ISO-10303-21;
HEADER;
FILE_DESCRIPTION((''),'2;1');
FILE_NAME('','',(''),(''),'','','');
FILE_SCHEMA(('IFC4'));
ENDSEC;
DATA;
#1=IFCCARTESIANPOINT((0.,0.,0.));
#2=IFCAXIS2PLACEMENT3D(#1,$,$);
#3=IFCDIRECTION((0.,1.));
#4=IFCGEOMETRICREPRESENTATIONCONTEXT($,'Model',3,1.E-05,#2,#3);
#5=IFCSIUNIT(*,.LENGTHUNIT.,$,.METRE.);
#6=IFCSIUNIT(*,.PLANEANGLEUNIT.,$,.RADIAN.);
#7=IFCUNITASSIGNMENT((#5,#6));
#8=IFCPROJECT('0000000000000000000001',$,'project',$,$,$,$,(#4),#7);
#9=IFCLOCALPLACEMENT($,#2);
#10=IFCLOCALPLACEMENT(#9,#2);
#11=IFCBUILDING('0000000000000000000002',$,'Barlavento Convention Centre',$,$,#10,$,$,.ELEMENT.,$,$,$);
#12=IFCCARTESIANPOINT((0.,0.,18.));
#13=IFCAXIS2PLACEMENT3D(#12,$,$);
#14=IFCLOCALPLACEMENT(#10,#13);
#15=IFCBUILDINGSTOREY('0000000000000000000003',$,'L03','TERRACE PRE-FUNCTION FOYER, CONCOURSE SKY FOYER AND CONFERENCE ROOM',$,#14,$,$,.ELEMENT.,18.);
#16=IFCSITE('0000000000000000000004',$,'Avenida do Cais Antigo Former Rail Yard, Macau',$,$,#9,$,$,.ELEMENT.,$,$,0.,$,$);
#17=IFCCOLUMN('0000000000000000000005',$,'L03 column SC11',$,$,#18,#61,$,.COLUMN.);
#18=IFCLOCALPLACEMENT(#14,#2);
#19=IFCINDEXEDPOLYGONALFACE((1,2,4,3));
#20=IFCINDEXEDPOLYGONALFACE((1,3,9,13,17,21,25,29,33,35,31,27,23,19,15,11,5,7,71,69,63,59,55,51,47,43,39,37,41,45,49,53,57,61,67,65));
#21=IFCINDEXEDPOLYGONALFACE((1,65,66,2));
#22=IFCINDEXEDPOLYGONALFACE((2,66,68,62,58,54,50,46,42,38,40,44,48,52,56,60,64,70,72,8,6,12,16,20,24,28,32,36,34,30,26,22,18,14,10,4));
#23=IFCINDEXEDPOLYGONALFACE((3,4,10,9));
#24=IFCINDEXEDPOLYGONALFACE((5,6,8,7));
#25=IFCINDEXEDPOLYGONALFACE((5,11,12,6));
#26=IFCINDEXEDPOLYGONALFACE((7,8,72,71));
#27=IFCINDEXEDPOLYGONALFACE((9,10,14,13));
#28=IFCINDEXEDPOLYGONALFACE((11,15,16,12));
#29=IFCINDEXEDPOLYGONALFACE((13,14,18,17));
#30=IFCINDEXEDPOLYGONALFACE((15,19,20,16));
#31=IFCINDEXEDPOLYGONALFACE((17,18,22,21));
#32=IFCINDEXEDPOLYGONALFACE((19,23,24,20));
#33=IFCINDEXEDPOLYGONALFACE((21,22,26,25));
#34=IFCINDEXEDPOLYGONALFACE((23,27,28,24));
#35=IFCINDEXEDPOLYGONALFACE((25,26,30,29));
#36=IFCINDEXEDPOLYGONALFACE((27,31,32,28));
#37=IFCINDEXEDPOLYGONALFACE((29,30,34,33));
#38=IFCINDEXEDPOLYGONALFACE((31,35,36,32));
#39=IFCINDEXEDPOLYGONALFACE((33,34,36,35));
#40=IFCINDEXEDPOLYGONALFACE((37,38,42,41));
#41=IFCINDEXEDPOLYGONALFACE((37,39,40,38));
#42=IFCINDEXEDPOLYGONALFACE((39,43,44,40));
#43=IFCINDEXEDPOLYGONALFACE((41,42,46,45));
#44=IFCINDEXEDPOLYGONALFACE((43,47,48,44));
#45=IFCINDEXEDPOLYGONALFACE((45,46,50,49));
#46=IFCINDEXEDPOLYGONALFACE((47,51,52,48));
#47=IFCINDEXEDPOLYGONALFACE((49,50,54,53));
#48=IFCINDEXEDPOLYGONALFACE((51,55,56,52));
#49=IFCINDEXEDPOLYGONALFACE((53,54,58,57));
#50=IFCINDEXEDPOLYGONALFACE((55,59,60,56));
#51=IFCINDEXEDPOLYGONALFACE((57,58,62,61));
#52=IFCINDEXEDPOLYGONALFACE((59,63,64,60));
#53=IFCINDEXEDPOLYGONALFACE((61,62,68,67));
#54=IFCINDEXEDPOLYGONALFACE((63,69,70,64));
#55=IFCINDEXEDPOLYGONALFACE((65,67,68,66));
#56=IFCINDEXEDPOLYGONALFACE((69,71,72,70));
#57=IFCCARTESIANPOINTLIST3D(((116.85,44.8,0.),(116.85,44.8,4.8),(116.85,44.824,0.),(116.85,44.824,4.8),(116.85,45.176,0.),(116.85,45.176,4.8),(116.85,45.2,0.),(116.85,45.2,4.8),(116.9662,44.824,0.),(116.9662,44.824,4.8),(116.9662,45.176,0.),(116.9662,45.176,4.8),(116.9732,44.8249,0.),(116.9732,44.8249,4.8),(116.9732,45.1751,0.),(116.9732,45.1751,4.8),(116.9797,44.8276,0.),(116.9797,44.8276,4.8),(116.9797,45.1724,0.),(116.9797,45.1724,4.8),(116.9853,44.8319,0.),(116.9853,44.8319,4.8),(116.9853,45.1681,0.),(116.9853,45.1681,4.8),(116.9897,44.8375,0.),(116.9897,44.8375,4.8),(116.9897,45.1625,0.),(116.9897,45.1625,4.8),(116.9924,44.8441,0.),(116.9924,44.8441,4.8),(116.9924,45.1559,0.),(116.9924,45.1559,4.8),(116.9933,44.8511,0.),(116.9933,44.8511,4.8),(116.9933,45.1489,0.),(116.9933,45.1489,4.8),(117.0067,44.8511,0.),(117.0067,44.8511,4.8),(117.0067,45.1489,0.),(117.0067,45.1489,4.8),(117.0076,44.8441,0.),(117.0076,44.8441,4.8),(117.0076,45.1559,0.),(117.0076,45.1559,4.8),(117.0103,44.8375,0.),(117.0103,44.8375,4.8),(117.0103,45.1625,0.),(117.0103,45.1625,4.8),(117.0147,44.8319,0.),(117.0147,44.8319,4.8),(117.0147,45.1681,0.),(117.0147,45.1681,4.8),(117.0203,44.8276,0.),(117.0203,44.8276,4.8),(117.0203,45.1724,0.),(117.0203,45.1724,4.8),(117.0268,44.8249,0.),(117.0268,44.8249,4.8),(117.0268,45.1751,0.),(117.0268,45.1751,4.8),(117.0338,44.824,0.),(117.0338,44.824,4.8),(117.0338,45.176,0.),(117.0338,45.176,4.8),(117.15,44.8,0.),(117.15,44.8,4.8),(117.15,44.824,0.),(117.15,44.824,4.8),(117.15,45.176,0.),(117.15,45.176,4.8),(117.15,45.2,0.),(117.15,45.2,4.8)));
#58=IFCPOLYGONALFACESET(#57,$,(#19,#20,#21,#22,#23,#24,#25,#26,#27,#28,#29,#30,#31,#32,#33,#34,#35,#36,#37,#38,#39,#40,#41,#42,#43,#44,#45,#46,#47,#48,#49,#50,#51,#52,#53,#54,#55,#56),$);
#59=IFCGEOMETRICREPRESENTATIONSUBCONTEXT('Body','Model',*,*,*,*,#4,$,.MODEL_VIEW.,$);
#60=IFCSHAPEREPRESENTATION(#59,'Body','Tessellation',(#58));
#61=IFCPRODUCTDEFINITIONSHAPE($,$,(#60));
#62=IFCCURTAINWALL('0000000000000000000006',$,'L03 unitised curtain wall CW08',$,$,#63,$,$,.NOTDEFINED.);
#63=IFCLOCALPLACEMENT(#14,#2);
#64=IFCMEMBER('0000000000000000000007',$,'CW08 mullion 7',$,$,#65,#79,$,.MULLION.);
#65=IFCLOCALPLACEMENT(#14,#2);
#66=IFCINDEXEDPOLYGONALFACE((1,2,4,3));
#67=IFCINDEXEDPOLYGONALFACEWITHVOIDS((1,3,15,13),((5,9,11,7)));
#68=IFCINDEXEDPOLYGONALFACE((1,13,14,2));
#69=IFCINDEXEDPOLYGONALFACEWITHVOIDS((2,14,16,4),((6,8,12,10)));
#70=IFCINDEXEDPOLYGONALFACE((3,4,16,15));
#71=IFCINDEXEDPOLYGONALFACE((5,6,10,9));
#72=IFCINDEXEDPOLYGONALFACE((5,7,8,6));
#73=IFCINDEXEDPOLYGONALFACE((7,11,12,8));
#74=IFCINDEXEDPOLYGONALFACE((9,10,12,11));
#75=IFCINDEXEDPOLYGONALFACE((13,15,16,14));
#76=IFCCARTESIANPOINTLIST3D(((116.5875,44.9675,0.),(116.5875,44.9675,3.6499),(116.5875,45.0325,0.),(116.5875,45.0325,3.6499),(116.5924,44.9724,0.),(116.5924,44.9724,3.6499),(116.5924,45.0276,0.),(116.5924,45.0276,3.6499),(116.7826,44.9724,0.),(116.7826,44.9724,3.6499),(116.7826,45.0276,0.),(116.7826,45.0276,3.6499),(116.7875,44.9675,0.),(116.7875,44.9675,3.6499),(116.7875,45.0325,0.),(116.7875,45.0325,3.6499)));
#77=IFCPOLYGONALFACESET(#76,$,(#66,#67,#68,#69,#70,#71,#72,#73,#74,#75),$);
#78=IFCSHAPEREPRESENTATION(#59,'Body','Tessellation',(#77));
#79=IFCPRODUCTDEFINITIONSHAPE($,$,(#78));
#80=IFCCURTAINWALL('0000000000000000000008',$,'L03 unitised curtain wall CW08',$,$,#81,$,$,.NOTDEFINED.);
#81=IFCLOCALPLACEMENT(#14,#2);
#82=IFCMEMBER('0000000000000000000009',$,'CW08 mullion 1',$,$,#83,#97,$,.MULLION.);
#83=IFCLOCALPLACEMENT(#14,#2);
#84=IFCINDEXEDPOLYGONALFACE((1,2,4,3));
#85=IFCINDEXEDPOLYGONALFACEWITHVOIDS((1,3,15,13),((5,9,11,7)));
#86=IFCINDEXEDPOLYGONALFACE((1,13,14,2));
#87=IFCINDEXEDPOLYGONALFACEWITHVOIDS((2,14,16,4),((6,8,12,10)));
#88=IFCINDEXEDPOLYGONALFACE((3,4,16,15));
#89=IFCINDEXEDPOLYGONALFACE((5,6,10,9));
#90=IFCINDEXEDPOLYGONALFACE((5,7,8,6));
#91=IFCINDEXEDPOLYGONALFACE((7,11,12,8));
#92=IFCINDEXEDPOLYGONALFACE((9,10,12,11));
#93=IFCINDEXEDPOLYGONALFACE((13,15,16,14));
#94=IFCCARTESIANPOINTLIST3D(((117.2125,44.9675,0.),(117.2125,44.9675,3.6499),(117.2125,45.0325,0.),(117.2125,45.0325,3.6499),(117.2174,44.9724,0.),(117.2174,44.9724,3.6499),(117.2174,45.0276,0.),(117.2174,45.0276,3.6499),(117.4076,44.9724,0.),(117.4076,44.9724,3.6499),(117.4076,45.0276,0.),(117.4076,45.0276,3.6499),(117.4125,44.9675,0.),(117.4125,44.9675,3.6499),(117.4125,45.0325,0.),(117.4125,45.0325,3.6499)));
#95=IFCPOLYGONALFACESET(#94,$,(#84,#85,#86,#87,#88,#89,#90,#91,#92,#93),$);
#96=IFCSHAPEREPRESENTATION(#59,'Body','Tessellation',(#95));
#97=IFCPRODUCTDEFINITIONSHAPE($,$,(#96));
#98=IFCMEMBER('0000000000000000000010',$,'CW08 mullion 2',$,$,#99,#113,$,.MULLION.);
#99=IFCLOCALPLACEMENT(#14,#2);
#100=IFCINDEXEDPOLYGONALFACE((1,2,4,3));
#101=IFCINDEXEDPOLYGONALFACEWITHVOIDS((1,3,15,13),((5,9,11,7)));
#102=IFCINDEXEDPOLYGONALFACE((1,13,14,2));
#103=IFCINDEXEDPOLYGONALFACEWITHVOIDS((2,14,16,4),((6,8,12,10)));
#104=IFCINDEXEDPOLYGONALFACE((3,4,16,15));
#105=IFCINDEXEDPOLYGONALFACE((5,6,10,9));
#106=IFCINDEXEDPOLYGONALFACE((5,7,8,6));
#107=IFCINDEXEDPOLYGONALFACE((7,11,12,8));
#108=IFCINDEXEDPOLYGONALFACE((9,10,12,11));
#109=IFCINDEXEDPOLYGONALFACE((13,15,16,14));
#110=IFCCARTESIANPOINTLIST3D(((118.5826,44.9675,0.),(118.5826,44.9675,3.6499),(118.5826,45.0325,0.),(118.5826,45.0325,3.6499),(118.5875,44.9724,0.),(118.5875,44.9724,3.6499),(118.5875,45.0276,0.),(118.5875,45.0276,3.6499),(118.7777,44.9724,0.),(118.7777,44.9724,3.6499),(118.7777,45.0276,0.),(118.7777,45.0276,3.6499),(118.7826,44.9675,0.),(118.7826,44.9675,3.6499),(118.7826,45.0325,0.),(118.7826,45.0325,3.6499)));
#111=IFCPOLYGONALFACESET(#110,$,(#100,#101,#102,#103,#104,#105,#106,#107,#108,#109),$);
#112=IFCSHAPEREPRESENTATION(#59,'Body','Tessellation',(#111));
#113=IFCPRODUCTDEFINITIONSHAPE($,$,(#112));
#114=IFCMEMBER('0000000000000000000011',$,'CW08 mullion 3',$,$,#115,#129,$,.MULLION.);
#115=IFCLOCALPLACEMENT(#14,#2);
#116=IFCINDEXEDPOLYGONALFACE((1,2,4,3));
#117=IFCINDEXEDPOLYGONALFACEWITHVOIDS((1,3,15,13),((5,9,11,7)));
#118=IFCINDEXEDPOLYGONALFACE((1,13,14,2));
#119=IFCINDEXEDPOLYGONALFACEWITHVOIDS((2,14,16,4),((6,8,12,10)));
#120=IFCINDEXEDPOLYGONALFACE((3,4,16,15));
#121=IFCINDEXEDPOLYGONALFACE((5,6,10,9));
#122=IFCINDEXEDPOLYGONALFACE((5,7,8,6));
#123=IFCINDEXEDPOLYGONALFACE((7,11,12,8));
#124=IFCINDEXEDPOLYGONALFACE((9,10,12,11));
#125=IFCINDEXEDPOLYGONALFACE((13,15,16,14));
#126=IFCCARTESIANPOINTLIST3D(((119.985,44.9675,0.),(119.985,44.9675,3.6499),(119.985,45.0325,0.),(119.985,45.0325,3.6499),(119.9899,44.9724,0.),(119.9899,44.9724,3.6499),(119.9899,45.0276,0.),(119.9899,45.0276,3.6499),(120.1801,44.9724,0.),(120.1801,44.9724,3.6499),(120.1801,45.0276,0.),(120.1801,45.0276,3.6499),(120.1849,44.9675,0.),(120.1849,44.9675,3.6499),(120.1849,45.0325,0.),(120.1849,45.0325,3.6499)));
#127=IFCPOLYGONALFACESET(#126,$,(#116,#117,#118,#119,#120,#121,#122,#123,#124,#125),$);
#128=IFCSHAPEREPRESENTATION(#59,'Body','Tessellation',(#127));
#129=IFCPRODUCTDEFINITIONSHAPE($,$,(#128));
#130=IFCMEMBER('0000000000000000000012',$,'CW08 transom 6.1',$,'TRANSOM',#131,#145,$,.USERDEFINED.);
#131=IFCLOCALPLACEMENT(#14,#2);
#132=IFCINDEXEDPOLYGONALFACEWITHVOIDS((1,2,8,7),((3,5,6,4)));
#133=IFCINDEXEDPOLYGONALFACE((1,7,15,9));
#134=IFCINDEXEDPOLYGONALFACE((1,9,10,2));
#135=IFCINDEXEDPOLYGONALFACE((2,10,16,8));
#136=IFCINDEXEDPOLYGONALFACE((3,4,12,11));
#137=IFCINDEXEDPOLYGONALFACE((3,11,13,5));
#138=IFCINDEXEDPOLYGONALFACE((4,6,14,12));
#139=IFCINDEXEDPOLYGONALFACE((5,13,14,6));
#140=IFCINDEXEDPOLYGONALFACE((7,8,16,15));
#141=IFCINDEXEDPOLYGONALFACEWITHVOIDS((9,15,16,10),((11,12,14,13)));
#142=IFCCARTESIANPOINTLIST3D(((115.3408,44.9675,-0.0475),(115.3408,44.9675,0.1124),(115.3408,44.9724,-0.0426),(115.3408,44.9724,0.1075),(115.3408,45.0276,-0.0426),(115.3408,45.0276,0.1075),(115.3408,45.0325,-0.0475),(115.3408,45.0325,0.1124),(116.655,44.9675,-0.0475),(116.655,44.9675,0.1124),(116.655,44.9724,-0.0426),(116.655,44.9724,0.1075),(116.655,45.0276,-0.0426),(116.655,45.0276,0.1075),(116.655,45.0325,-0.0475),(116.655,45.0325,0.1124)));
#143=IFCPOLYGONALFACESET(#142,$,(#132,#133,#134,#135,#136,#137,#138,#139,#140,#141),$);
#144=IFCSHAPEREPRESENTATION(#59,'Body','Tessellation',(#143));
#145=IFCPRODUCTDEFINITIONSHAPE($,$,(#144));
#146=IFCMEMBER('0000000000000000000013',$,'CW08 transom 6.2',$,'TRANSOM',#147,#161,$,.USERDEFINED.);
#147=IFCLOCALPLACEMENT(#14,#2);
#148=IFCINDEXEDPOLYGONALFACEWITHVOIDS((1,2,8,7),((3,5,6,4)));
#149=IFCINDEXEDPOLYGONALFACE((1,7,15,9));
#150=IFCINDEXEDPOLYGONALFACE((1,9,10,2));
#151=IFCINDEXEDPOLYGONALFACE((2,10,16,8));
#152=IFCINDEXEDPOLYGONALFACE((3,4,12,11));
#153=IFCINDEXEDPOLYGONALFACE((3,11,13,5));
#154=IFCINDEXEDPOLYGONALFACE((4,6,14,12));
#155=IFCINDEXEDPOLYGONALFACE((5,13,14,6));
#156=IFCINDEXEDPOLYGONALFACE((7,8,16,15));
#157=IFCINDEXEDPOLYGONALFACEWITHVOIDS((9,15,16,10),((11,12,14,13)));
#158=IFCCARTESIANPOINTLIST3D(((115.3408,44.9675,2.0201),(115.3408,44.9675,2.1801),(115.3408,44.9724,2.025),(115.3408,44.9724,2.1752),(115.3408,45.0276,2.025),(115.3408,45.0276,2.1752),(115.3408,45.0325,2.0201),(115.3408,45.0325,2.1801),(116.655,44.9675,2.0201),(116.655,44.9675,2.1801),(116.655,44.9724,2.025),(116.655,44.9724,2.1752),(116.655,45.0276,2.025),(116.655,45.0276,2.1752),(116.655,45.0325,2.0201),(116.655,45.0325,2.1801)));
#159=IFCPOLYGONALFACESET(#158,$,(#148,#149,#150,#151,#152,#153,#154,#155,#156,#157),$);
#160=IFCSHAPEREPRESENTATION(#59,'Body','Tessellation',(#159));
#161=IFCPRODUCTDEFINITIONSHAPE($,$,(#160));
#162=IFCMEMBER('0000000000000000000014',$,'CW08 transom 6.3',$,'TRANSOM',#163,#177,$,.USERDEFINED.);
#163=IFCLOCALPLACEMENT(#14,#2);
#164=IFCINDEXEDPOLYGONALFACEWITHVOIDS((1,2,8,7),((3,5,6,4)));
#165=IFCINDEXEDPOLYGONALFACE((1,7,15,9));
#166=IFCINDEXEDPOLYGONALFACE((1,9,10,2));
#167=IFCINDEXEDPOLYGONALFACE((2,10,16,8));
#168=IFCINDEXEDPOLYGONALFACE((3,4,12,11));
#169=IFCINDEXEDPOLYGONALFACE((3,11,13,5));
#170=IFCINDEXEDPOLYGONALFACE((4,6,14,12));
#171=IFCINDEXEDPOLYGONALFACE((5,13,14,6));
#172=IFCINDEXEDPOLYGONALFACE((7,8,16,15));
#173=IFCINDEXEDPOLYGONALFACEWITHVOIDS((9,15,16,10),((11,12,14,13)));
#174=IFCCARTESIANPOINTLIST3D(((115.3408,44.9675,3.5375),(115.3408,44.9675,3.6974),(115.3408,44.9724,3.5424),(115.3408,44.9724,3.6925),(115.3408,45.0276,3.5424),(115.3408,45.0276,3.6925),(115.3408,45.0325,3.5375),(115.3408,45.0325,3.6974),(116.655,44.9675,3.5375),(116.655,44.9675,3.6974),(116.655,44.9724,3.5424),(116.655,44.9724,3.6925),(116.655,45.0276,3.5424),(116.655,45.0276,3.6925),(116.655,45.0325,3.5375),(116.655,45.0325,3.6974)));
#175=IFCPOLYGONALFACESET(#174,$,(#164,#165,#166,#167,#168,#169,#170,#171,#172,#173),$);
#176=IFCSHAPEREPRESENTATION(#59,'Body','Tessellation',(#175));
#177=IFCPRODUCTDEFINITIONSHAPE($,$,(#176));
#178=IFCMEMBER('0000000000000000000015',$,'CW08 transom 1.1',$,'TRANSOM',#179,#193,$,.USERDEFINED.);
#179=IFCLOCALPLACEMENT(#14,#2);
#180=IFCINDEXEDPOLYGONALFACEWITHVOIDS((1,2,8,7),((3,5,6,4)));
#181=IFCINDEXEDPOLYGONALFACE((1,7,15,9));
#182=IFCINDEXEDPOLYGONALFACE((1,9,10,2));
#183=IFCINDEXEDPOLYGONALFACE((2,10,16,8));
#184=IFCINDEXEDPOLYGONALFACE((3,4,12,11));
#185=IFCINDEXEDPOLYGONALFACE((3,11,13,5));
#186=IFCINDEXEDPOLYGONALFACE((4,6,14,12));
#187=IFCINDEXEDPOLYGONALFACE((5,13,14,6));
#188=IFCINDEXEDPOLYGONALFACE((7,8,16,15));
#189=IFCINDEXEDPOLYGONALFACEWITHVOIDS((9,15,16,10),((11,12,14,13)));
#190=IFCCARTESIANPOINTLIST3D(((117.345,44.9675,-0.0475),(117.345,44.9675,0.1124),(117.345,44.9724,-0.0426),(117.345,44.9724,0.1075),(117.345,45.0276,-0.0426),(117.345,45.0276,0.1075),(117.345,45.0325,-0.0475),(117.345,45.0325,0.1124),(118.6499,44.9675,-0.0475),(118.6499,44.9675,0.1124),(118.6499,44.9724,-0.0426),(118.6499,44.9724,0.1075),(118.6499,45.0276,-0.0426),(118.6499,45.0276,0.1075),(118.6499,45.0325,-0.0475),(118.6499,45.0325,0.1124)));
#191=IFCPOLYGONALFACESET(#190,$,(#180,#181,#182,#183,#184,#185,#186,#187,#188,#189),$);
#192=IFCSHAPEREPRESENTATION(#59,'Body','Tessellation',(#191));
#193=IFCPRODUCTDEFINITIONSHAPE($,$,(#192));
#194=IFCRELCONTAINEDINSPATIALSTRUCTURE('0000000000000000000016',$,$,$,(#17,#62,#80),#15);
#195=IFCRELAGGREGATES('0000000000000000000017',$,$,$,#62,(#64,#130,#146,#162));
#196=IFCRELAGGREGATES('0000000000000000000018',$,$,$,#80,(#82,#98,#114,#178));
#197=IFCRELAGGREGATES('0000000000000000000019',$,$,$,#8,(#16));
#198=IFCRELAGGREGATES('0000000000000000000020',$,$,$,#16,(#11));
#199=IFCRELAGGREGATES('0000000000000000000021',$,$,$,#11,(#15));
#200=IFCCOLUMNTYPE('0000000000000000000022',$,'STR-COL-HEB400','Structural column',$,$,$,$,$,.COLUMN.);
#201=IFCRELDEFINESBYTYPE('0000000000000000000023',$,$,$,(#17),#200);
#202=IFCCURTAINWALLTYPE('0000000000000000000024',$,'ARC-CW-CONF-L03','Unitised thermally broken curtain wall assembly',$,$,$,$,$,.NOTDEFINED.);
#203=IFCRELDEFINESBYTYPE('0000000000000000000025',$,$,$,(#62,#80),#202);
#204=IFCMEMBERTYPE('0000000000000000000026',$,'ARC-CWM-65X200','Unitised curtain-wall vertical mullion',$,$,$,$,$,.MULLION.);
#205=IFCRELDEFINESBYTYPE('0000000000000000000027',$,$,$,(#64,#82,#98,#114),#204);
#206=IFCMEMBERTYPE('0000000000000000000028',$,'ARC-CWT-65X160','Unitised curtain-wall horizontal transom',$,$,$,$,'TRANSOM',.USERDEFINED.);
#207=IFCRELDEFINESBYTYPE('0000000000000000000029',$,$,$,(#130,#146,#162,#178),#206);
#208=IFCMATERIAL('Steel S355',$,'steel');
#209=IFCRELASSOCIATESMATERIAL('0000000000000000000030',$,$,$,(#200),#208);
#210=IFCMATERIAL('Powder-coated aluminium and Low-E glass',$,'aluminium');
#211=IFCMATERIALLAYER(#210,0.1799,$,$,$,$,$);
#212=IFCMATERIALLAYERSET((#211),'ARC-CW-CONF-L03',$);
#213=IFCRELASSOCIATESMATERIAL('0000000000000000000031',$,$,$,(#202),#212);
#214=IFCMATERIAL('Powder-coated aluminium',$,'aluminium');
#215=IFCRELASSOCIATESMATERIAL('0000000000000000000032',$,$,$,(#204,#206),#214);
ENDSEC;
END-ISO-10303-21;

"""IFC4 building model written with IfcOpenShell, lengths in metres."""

from ifc_helpers import new_model, si_unit, direction, frame, origin, origin_2d, place, context, subcontext, project, spatial, hollow_rectangle, i_section, extrude, material, layer, layer_set, material_profile, profile_set, type_object, element, aggregate, save


model = new_model("IFC4")

# Units and contexts
model_context = context("Model", 3, precision=1e-05, world=origin(), true_north=direction((0.0, 1.0)))
body_context = subcontext(model_context, "Body", "Model", "MODEL_VIEW")
ifc_project = project(units=[si_unit("LENGTHUNIT", "METRE"), si_unit("PLANEANGLEUNIT", "RADIAN")], contexts=[model_context])

# Site, building, storey
site_placement = place(None, origin())
site = spatial("IfcSite", under=ifc_project, at=site_placement, Name="Avenida do Cais Antigo Former Rail Yard, Macau", CompositionType="ELEMENT", RefElevation=0.0)
building_placement = place(site_placement, origin())
building = spatial("IfcBuilding", under=site, at=building_placement, Name="Barlavento Convention Centre", CompositionType="ELEMENT")
storey_placement = place(building_placement, frame((0.0, 0.0, 18.0)))
storey = spatial("IfcBuildingStorey", under=building, at=storey_placement, Name="L03", Description="TERRACE PRE-FUNCTION FOYER, CONCOURSE SKY FOYER AND CONFERENCE ROOM", CompositionType="ELEMENT", Elevation=18.0)

# Column
ifc_material_1 = material(Name="Steel S355", Category="steel")
ifc_material_profile_1 = material_profile(ifc_material_1, i_section(OverallWidth=0.3, OverallDepth=0.3999, WebThickness=0.0134, FlangeThickness=0.0239, FilletRadius=0.0271, at=origin_2d()), Name="HEB 400")
ifc_profile_set_1 = profile_set([ifc_material_profile_1], Name="Steel S355")
column_type = type_object("IfcColumnType", Name="STR-COL-HEB400", Description="Structural column", PredefinedType="COLUMN", material=ifc_profile_set_1)
column_placement = place(storey_placement, frame((117.0, 45.0, 0.0), z_axis=(0.0, 0.0, 1.0), x_axis=(1.0, 0.0, 0.0)))
element("IfcColumn", 1, at=column_placement, inside=storey, type_object=column_type, Name="L03 column SC11", PredefinedType="COLUMN", context=body_context, shape_type="SweptSolid", body=[
    extrude(i_section(OverallWidth=0.3, OverallDepth=0.3999, WebThickness=0.0134, FlangeThickness=0.0239, FilletRadius=0.0271, at=origin_2d()), origin(), (0.0, 0.0, 1.0), 4.8),
])

# Curtain wall, member
ifc_material_2 = material(Name="Powder-coated aluminium and Low-E glass", Category="aluminium")
ifc_layer_1 = layer(ifc_material_2, 0.1799)
ifc_layer_set_1 = layer_set([ifc_layer_1], Name="ARC-CW-CONF-L03")
curtain_wall_type = type_object("IfcCurtainWallType", Name="ARC-CW-CONF-L03", Description="Unitised thermally broken curtain wall assembly", PredefinedType="NOTDEFINED", material=ifc_layer_set_1)
curtain_wall_1_placement = place(storey_placement, origin())
curtain_wall_1 = element("IfcCurtainWall", 2, at=curtain_wall_1_placement, inside=storey, type_object=curtain_wall_type, Name="L03 unitised curtain wall CW08", PredefinedType="NOTDEFINED")
ifc_material_3 = material(Name="Powder-coated aluminium", Category="aluminium")
ifc_material_profile_2 = material_profile(ifc_material_3, hollow_rectangle(XDim=0.0649, YDim=0.2, WallThickness=0.0049, at=origin_2d()), Name="AL-MULL 65x200x5")
ifc_profile_set_2 = profile_set([ifc_material_profile_2], Name="Powder-coated aluminium")
member_type_1 = type_object("IfcMemberType", Name="ARC-CWM-65X200", Description="Unitised curtain-wall vertical mullion", PredefinedType="MULLION", material=ifc_profile_set_2)
member_1_placement = place(storey_placement, frame((116.6875, 45.0, 0.0), z_axis=(0.0, 0.0, 1.0), x_axis=(0.0, 1.0, 0.0)))
member_1 = element("IfcMember", 3, at=member_1_placement, type_object=member_type_1, Name="CW08 mullion 7", PredefinedType="MULLION", context=body_context, shape_type="SweptSolid", body=[
    extrude(hollow_rectangle(XDim=0.0649, YDim=0.2, WallThickness=0.0049, at=origin_2d()), origin(), (0.0, 0.0, 1.0), 3.6499),
])

# Curtain wall, members
curtain_wall_2_placement = place(storey_placement, origin())
curtain_wall_2 = element("IfcCurtainWall", 4, at=curtain_wall_2_placement, inside=storey, type_object=curtain_wall_type, Name="L03 unitised curtain wall CW08", PredefinedType="NOTDEFINED")
member_2_placement = place(storey_placement, frame((117.3125, 45.0, 0.0), z_axis=(0.0, 0.0, 1.0), x_axis=(0.0, 1.0, 0.0)))
member_2 = element("IfcMember", 5, at=member_2_placement, type_object=member_type_1, Name="CW08 mullion 1", PredefinedType="MULLION", context=body_context, shape_type="SweptSolid", body=[
    extrude(hollow_rectangle(XDim=0.0649, YDim=0.2, WallThickness=0.0049, at=origin_2d()), origin(), (0.0, 0.0, 1.0), 3.6499),
])
member_3_placement = place(storey_placement, frame((118.6826, 45.0, 0.0), z_axis=(0.0, 0.0, 1.0), x_axis=(0.0, 1.0, 0.0)))
member_3 = element("IfcMember", 6, at=member_3_placement, type_object=member_type_1, Name="CW08 mullion 2", PredefinedType="MULLION", context=body_context, shape_type="SweptSolid", body=[
    extrude(hollow_rectangle(XDim=0.0649, YDim=0.2, WallThickness=0.0049, at=origin_2d()), origin(), (0.0, 0.0, 1.0), 3.6499),
])
member_4_placement = place(storey_placement, frame((120.085, 45.0, 0.0), z_axis=(0.0, 0.0, 1.0), x_axis=(0.0, 1.0, 0.0)))
member_4 = element("IfcMember", 7, at=member_4_placement, type_object=member_type_1, Name="CW08 mullion 3", PredefinedType="MULLION", context=body_context, shape_type="SweptSolid", body=[
    extrude(hollow_rectangle(XDim=0.0649, YDim=0.2, WallThickness=0.0049, at=origin_2d()), origin(), (0.0, 0.0, 1.0), 3.6499),
])

# Members
ifc_material_profile_3 = material_profile(ifc_material_3, hollow_rectangle(XDim=0.0649, YDim=0.1599, WallThickness=0.0049, at=origin_2d()), Name="AL-TRAN 65x160x5")
ifc_profile_set_3 = profile_set([ifc_material_profile_3], Name="Powder-coated aluminium")
member_type_2 = type_object("IfcMemberType", Name="ARC-CWT-65X160", Description="Unitised curtain-wall horizontal transom", ElementType="TRANSOM", PredefinedType="USERDEFINED", material=ifc_profile_set_3)
member_5_placement = place(storey_placement, frame((115.3408, 45.0, 0.0325), z_axis=(1.0, 0.0, 0.0), x_axis=(0.0, 1.0, 0.0)))
member_5 = element("IfcMember", 8, at=member_5_placement, type_object=member_type_2, Name="CW08 transom 6.1", ObjectType="TRANSOM", PredefinedType="USERDEFINED", context=body_context, shape_type="SweptSolid", body=[
    extrude(hollow_rectangle(XDim=0.0649, YDim=0.1599, WallThickness=0.0049, at=origin_2d()), origin(), (0.0, 0.0, 1.0), 1.3142),
])
member_6_placement = place(storey_placement, frame((115.3408, 45.0, 2.1001), z_axis=(1.0, 0.0, 0.0), x_axis=(0.0, 1.0, 0.0)))
member_6 = element("IfcMember", 9, at=member_6_placement, type_object=member_type_2, Name="CW08 transom 6.2", ObjectType="TRANSOM", PredefinedType="USERDEFINED", context=body_context, shape_type="SweptSolid", body=[
    extrude(hollow_rectangle(XDim=0.0649, YDim=0.1599, WallThickness=0.0049, at=origin_2d()), origin(), (0.0, 0.0, 1.0), 1.3142),
])
member_7_placement = place(storey_placement, frame((115.3408, 45.0, 3.6174), z_axis=(1.0, 0.0, 0.0), x_axis=(0.0, 1.0, 0.0)))
member_7 = element("IfcMember", 10, at=member_7_placement, type_object=member_type_2, Name="CW08 transom 6.3", ObjectType="TRANSOM", PredefinedType="USERDEFINED", context=body_context, shape_type="SweptSolid", body=[
    extrude(hollow_rectangle(XDim=0.0649, YDim=0.1599, WallThickness=0.0049, at=origin_2d()), origin(), (0.0, 0.0, 1.0), 1.3142),
])
member_8_placement = place(storey_placement, frame((117.345, 45.0, 0.0325), z_axis=(1.0, 0.0, 0.0), x_axis=(0.0, 1.0, 0.0)))
member_8 = element("IfcMember", 11, at=member_8_placement, type_object=member_type_2, Name="CW08 transom 1.1", ObjectType="TRANSOM", PredefinedType="USERDEFINED", context=body_context, shape_type="SweptSolid", body=[
    extrude(hollow_rectangle(XDim=0.0649, YDim=0.1599, WallThickness=0.0049, at=origin_2d()), origin(), (0.0, 0.0, 1.0), 1.3049),
])

aggregate(curtain_wall_1, [member_1, member_5, member_6, member_7])
aggregate(curtain_wall_2, [member_2, member_3, member_4, member_8])

save(model, "model.ifc")
